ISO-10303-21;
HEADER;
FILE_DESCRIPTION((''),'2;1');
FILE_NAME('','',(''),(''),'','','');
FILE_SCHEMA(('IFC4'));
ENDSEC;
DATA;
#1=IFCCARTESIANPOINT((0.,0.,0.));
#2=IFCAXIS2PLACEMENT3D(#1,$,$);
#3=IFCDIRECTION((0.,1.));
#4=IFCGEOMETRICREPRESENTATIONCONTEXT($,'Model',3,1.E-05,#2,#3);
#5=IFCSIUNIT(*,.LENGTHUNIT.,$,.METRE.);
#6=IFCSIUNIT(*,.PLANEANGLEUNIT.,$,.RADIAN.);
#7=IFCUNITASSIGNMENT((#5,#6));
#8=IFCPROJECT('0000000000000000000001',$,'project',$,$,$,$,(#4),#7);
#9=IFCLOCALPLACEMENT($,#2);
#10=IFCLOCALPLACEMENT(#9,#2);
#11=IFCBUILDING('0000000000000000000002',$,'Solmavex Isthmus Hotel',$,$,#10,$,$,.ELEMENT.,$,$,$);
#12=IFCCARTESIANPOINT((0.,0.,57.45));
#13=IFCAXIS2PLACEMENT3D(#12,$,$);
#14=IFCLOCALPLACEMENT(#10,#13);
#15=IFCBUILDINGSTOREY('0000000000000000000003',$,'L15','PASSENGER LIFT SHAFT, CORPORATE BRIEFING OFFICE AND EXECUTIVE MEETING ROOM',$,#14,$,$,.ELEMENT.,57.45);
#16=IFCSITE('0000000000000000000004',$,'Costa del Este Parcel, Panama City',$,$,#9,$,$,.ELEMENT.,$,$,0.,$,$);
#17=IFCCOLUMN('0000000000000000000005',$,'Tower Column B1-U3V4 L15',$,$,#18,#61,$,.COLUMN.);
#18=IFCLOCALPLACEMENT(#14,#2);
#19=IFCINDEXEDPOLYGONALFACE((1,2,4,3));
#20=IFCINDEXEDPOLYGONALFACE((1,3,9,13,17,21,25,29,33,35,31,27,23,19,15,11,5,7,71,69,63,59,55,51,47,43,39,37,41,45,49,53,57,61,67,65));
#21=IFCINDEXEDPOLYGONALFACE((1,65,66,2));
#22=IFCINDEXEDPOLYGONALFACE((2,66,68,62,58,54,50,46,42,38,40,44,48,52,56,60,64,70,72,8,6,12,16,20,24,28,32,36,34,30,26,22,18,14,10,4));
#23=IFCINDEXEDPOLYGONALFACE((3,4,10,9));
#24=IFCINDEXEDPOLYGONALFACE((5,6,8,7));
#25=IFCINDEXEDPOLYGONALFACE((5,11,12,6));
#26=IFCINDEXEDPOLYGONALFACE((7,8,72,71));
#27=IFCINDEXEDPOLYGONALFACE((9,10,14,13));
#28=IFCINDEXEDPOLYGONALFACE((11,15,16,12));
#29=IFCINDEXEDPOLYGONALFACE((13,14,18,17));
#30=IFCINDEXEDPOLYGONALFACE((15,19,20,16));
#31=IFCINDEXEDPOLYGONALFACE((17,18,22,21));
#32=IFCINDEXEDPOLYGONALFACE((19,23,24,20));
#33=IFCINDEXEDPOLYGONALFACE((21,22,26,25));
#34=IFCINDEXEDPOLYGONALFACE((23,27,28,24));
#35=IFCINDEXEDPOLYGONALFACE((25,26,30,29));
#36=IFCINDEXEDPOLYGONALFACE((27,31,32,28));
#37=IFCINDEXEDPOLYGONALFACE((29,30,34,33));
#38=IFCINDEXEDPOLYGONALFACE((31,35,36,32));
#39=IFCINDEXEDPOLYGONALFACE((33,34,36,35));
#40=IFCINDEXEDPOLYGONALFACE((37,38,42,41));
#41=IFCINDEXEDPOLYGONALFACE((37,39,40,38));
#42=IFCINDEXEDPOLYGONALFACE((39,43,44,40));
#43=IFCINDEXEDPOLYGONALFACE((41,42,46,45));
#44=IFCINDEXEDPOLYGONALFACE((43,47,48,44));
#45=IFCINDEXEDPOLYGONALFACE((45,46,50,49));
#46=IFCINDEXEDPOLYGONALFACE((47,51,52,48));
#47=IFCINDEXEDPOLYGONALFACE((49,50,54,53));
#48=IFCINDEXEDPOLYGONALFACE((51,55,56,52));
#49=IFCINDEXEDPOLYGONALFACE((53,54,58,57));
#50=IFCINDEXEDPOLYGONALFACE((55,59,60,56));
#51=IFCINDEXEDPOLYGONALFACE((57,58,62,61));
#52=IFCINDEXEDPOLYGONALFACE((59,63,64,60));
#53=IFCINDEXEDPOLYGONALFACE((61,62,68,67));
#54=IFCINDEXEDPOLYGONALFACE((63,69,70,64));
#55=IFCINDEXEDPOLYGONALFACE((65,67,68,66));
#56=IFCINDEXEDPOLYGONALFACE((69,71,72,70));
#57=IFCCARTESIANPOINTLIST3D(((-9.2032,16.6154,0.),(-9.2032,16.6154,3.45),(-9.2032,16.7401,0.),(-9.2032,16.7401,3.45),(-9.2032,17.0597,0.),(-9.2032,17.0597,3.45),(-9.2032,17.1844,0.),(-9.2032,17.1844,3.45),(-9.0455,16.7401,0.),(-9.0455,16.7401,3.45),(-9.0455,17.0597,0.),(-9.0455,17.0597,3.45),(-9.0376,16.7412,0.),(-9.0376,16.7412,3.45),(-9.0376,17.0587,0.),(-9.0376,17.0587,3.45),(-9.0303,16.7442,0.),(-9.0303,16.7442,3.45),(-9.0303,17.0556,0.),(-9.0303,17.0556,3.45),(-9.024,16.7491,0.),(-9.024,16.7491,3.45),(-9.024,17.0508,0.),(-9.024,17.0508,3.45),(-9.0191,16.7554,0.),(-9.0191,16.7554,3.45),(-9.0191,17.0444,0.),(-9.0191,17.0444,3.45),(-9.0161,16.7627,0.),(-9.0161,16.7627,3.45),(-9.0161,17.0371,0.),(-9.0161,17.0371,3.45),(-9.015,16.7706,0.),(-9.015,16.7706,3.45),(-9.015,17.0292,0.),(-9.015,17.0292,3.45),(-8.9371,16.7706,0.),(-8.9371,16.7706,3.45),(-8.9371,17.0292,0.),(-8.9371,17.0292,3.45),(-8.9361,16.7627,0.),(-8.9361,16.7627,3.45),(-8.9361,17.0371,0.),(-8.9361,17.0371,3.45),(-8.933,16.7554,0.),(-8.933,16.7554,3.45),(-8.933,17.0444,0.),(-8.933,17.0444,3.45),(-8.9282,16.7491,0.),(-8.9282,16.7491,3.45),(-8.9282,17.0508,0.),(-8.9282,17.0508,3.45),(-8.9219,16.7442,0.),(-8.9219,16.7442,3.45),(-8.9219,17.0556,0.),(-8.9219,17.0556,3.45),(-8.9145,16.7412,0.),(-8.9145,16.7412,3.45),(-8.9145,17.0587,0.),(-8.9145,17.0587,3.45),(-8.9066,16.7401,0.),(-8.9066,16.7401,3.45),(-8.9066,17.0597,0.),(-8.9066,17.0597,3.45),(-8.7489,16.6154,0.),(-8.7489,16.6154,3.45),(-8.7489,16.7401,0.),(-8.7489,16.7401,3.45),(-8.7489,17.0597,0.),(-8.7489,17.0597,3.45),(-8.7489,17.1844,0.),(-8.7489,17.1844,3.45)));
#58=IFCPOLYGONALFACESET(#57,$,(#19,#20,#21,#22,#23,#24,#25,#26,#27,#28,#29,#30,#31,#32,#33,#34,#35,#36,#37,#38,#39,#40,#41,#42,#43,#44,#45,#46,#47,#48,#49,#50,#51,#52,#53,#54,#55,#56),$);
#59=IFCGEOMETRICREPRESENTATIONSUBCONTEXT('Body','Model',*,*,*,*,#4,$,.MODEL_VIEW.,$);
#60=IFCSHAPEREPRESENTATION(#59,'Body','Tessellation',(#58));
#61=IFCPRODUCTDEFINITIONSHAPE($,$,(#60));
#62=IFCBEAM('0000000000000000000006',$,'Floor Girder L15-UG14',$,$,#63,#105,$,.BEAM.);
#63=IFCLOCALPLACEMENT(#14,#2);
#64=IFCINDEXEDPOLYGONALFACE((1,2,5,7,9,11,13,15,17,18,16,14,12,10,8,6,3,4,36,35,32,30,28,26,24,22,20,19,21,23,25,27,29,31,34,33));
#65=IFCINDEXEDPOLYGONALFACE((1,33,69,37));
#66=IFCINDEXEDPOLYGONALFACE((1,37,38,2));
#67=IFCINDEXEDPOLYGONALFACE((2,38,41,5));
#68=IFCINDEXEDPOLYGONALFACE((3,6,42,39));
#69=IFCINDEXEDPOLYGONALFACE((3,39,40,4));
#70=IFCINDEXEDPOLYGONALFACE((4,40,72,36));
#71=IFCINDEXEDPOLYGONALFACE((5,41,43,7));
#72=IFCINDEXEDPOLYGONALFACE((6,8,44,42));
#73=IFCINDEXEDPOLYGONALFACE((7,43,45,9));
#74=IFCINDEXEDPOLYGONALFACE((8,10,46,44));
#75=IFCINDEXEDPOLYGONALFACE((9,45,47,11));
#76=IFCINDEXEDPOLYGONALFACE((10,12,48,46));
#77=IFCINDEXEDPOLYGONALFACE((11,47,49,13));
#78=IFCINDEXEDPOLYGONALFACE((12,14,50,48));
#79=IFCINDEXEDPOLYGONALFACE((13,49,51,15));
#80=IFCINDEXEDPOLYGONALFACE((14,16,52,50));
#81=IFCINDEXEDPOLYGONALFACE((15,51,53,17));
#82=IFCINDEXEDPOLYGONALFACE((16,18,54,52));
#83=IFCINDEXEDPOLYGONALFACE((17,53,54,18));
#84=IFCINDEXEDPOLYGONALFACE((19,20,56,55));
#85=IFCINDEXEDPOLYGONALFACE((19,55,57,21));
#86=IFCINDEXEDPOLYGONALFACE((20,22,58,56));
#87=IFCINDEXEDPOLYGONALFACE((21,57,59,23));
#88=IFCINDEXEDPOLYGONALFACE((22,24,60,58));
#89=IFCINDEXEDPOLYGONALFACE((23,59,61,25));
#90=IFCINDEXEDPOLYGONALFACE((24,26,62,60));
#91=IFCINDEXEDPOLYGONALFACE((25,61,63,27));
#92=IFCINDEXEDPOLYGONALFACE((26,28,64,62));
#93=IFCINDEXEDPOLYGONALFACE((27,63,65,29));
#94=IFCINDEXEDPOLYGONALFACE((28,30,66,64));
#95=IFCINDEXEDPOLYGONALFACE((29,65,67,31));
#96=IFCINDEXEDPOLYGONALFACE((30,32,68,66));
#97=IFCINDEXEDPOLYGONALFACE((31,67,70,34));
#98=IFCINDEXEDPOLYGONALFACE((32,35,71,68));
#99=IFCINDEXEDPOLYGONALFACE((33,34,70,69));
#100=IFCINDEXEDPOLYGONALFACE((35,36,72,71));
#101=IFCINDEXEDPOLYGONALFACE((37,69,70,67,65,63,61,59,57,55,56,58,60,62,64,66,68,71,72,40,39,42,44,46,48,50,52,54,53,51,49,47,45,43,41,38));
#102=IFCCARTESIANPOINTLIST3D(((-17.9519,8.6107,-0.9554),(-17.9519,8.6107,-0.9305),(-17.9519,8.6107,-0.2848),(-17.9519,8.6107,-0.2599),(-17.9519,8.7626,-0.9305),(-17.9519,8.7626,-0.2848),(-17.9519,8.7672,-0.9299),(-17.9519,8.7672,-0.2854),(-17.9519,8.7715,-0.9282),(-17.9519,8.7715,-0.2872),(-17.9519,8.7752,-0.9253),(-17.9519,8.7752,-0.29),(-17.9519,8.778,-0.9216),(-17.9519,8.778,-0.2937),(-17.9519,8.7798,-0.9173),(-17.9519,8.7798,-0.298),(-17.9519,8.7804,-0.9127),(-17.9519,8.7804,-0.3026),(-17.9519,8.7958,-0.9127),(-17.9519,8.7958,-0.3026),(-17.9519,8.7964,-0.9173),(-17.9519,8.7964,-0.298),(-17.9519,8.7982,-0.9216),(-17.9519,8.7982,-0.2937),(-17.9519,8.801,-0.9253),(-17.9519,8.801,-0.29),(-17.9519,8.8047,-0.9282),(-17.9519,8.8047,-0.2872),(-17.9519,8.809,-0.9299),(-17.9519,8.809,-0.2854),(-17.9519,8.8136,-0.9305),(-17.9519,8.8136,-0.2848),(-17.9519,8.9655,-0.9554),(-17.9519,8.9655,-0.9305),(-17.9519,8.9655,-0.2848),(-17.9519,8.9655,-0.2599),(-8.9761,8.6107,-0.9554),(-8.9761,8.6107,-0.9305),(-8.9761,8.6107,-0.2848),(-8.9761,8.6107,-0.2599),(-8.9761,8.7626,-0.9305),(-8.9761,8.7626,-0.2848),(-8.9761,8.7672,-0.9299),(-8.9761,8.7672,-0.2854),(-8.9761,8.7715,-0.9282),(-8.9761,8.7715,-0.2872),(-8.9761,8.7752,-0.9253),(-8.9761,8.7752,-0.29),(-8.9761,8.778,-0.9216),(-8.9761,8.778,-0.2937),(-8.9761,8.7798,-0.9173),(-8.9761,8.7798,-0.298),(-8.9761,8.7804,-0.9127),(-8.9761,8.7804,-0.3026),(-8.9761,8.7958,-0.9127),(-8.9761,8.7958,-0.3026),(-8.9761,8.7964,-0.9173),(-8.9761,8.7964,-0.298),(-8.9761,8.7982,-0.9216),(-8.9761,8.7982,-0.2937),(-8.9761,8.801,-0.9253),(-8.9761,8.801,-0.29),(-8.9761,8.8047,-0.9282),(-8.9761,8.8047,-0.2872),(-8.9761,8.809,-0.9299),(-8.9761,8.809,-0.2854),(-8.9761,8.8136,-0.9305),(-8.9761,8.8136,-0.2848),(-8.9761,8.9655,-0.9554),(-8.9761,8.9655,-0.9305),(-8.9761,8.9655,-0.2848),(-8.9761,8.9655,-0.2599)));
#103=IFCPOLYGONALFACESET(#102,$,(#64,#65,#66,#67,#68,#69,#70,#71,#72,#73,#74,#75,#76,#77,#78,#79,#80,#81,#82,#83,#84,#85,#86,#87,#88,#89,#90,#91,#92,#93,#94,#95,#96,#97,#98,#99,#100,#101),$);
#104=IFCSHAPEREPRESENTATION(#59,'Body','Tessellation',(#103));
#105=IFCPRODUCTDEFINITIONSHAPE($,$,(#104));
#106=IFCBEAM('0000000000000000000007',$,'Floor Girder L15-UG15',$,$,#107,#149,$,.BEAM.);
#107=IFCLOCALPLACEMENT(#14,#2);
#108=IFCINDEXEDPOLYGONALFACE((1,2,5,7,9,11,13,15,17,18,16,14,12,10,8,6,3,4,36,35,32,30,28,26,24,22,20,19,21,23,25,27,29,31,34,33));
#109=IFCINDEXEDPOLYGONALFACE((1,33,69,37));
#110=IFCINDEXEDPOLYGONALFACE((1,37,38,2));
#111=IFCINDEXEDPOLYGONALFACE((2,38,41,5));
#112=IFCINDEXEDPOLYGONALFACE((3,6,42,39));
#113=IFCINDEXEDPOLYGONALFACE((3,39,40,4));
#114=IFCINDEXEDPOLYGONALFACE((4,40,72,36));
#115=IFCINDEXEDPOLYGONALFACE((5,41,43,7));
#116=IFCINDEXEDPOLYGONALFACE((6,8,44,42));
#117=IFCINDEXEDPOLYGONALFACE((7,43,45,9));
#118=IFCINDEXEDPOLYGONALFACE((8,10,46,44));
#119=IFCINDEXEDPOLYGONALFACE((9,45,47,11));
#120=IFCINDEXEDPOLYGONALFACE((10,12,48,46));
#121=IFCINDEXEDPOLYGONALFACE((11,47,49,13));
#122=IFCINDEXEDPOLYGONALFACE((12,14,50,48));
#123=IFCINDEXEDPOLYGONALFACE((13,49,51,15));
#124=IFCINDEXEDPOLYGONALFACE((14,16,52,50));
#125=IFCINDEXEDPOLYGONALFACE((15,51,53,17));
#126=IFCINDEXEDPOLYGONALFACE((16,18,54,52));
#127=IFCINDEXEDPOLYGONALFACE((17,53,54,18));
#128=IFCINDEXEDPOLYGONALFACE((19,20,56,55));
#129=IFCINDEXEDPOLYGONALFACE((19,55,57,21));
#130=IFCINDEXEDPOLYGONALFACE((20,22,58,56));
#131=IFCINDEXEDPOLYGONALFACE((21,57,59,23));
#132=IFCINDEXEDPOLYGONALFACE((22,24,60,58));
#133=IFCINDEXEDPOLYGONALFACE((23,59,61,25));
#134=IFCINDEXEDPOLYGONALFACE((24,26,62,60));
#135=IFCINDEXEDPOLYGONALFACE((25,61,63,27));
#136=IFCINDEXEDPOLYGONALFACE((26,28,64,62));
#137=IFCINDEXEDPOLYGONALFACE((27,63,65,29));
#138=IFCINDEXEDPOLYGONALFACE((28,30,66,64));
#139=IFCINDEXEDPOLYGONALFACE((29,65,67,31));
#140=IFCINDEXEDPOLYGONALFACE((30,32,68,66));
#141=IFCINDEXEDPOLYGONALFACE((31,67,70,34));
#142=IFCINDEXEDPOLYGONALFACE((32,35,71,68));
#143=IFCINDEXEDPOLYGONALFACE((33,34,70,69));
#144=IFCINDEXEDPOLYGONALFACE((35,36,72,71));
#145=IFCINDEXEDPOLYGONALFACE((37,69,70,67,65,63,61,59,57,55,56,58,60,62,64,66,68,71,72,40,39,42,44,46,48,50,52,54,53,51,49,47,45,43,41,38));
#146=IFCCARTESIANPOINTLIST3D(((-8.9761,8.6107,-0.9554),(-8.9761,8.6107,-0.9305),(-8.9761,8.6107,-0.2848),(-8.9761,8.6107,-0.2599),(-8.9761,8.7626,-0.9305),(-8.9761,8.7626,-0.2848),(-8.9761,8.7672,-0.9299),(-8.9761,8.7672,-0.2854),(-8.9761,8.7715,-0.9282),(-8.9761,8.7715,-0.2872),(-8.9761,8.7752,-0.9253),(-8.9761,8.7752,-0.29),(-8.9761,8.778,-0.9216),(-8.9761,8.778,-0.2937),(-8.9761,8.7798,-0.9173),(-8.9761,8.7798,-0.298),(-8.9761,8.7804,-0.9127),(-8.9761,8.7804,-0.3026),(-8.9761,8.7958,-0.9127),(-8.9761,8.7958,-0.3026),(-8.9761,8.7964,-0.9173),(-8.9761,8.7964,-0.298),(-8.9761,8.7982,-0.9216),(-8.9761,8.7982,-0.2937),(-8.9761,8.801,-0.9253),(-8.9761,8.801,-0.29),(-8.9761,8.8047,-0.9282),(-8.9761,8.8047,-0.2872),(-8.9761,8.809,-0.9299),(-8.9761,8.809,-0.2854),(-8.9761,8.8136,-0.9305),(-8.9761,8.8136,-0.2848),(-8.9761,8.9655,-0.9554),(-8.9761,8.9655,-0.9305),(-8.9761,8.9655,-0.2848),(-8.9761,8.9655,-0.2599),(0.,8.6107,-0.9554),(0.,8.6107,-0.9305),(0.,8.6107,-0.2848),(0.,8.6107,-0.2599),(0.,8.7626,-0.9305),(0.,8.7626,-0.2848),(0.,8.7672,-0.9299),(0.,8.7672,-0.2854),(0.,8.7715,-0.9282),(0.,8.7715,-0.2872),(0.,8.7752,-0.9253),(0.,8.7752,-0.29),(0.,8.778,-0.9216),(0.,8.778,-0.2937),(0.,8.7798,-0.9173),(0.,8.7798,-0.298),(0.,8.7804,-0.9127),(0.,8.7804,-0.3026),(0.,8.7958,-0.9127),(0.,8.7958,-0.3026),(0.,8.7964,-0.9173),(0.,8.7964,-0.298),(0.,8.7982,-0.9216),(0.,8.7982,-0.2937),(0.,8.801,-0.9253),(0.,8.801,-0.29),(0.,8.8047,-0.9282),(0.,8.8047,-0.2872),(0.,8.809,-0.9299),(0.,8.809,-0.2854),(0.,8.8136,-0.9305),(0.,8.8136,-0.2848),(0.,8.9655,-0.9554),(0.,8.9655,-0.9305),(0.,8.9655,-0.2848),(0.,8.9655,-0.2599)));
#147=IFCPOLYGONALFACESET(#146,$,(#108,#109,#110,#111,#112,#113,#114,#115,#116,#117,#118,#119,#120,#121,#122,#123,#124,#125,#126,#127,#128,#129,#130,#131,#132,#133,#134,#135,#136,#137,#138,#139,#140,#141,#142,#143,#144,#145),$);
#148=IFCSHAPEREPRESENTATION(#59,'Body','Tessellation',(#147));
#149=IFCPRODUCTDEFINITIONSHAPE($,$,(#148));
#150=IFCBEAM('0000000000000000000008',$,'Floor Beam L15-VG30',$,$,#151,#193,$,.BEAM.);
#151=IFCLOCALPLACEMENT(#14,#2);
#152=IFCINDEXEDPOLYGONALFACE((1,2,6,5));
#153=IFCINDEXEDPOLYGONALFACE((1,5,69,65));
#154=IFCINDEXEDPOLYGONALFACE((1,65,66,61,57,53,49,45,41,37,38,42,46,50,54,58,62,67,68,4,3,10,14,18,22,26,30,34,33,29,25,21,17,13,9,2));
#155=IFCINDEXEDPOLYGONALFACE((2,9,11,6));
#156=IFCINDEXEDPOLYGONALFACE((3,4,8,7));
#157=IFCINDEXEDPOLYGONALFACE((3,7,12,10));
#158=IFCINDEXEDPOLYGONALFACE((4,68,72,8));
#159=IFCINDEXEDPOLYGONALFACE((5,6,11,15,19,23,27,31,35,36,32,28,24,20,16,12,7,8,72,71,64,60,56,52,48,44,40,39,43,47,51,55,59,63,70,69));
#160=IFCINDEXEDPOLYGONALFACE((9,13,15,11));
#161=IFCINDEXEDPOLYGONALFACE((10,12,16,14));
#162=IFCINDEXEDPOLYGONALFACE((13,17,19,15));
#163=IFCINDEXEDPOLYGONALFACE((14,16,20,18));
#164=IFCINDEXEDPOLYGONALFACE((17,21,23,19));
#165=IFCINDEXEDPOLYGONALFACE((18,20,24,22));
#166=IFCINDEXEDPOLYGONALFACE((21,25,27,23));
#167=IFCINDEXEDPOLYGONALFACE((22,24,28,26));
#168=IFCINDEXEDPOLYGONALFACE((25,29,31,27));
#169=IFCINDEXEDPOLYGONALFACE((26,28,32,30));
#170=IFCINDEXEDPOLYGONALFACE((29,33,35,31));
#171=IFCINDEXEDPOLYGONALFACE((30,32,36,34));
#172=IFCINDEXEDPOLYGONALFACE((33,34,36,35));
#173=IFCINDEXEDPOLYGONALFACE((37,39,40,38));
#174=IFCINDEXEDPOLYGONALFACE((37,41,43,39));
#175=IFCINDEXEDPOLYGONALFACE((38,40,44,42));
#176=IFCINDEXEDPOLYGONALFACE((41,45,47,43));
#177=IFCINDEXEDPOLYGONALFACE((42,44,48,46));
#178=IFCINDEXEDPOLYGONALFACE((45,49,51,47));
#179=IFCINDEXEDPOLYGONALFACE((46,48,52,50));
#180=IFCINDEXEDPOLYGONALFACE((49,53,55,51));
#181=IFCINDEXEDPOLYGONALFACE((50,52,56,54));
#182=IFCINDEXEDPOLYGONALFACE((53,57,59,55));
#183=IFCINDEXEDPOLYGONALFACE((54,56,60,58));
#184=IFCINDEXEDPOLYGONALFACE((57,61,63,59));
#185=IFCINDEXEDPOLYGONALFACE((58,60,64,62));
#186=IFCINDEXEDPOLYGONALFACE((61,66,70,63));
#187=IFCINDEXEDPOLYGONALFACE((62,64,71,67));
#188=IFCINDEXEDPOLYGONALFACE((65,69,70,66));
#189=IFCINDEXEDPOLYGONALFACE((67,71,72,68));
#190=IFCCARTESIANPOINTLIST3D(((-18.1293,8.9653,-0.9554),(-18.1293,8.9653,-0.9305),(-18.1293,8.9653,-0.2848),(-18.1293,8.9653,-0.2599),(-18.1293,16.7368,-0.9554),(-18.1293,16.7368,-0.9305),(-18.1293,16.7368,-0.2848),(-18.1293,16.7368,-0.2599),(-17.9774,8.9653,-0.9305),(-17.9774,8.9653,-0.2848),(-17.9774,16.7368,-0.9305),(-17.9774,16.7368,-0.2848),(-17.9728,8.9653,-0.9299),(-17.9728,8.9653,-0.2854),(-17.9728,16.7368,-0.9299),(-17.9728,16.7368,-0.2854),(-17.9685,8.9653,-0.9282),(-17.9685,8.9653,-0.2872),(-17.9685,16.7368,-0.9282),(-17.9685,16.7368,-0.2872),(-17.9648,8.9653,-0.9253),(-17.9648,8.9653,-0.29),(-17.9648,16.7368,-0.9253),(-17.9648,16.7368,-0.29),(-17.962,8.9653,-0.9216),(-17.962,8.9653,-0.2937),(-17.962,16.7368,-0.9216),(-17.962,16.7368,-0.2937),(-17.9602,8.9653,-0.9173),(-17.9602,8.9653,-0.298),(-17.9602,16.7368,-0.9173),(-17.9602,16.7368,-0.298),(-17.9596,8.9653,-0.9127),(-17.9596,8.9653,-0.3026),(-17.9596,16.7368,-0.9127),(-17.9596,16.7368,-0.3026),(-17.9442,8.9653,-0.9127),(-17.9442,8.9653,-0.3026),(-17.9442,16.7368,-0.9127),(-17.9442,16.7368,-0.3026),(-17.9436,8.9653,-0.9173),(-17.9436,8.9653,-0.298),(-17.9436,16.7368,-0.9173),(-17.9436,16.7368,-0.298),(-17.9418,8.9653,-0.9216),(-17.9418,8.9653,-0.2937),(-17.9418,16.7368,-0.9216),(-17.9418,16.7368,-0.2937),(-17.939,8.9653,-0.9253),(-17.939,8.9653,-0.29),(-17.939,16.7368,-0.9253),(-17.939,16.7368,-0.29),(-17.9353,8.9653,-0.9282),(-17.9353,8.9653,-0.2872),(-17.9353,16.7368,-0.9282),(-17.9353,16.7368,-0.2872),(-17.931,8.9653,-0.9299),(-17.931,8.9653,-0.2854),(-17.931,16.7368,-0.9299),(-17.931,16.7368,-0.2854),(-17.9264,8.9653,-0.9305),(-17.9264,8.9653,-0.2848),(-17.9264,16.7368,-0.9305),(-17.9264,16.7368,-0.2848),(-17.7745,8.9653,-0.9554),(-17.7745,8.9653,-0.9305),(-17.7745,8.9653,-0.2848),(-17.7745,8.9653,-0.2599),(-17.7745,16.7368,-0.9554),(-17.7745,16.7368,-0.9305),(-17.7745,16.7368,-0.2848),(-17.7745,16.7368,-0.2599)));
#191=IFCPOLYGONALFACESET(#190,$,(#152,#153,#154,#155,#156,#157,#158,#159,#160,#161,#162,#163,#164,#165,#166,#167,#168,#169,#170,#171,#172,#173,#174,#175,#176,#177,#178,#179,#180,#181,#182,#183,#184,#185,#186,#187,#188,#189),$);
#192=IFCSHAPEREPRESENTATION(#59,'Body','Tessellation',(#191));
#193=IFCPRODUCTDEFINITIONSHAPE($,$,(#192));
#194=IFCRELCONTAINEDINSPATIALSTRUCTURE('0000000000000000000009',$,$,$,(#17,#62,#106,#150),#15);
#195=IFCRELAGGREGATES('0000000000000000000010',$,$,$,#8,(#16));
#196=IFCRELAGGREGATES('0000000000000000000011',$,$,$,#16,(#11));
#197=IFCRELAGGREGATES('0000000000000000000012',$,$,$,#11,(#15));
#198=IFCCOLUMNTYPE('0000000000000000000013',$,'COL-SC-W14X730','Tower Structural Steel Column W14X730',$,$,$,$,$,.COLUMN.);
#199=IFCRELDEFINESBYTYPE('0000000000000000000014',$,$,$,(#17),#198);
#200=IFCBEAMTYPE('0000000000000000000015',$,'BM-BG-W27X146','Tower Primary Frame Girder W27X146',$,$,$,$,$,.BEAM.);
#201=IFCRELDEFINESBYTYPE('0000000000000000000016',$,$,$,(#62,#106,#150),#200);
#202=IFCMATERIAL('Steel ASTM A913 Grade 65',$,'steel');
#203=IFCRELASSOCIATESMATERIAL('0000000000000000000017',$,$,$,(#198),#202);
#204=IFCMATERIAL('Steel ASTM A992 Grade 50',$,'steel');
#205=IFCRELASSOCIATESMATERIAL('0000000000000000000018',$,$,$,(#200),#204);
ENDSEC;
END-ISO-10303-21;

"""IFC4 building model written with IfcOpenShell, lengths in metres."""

from ifc_helpers import new_model, si_unit, direction, frame, origin, origin_2d, place, context, subcontext, project, spatial, i_section, extrude, material, material_profile, profile_set, type_object, element, save


model = new_model("IFC4")

# Units and contexts
model_context = context("Model", 3, precision=1e-05, world=origin(), true_north=direction((0.0, 1.0)))
body_context = subcontext(model_context, "Body", "Model", "MODEL_VIEW")
ifc_project = project(units=[si_unit("LENGTHUNIT", "METRE"), si_unit("PLANEANGLEUNIT", "RADIAN")], contexts=[model_context])

# Site, building, storey
site_placement = place(None, origin())
site = spatial("IfcSite", under=ifc_project, at=site_placement, Name="Costa del Este Parcel, Panama City", CompositionType="ELEMENT", RefElevation=0.0)
building_placement = place(site_placement, origin())
building = spatial("IfcBuilding", under=site, at=building_placement, Name="Solmavex Isthmus Hotel", CompositionType="ELEMENT")
storey_placement = place(building_placement, frame((0.0, 0.0, 57.45)))
storey = spatial("IfcBuildingStorey", under=building, at=storey_placement, Name="L15", Description="PASSENGER LIFT SHAFT, CORPORATE BRIEFING OFFICE AND EXECUTIVE MEETING ROOM", CompositionType="ELEMENT", Elevation=57.45)

# Column
ifc_material_1 = material(Name="Steel ASTM A913 Grade 65", Category="steel")
ifc_material_profile_1 = material_profile(ifc_material_1, i_section(OverallWidth=0.4543, OverallDepth=0.5691, WebThickness=0.0779, FlangeThickness=0.1248, FilletRadius=0.0305, at=origin_2d()), Name="W14X730")
ifc_profile_set_1 = profile_set([ifc_material_profile_1], Name="Steel ASTM A913 Grade 65")
column_type_1 = type_object("IfcColumnType", Name="COL-SC-W14X730", Description="Tower Structural Steel Column W14X730", PredefinedType="COLUMN", material=ifc_profile_set_1)
for number, where, z_axis, x_axis, name in (
    (1, (-8.9761, 16.8999, 0.0), (0.0, 0.0, 1.0), (1.0, 0.0, 0.0), "Tower Column B1-U3V4 L15"),
):
    element("IfcColumn", number, at=place(storey_placement, frame(where, z_axis=z_axis, x_axis=x_axis)), inside=storey, type_object=column_type_1, Name=name, PredefinedType="COLUMN", context=body_context, shape_type="SweptSolid", body=[
        extrude(i_section(OverallWidth=0.4543, OverallDepth=0.5691, WebThickness=0.0779, FlangeThickness=0.1248, FilletRadius=0.0305, at=origin_2d()), origin(), (0.0, 0.0, 1.0), 3.45),
    ])

# Beams
ifc_material_2 = material(Name="Steel ASTM A992 Grade 50", Category="steel")
ifc_material_profile_2 = material_profile(ifc_material_2, i_section(OverallWidth=0.3547, OverallDepth=0.6956, WebThickness=0.0154, FlangeThickness=0.0249, FilletRadius=0.0178, at=origin_2d()), Name="W27X146")
ifc_profile_set_2 = profile_set([ifc_material_profile_2], Name="Steel ASTM A992 Grade 50")
beam_type_1 = type_object("IfcBeamType", Name="BM-BG-W27X146", Description="Tower Primary Frame Girder W27X146", PredefinedType="BEAM", material=ifc_profile_set_2)
beam_1_placement = place(storey_placement, frame((-17.9519, 8.7881, -0.6077), z_axis=(1.0, 0.0, 0.0), x_axis=(0.0, 1.0, 0.0)))
element("IfcBeam", 2, at=beam_1_placement, inside=storey, type_object=beam_type_1, Name="Floor Girder L15-UG14", PredefinedType="BEAM", context=body_context, shape_type="SweptSolid", body=[
    extrude(i_section(OverallWidth=0.3547, OverallDepth=0.6956, WebThickness=0.0154, FlangeThickness=0.0249, FilletRadius=0.0178, at=origin_2d()), origin(), (0.0, 0.0, 1.0), 8.9758),
])
beam_2_placement = place(storey_placement, frame((-8.9761, 8.7881, -0.6077), z_axis=(1.0, 0.0, 0.0), x_axis=(0.0, 1.0, 0.0)))
element("IfcBeam", 3, at=beam_2_placement, inside=storey, type_object=beam_type_1, Name="Floor Girder L15-UG15", PredefinedType="BEAM", context=body_context, shape_type="SweptSolid", body=[
    extrude(i_section(OverallWidth=0.3547, OverallDepth=0.6956, WebThickness=0.0154, FlangeThickness=0.0249, FilletRadius=0.0178, at=origin_2d()), origin(), (0.0, 0.0, 1.0), 8.9761),
])
for number, where, z_axis, x_axis, name in (
    (4, (-17.9519, 8.9653, -0.6077), (0.0, 1.0, 0.0), (-1.0, 0.0, 0.0), "Floor Beam L15-VG30"),
):
    element("IfcBeam", number, at=place(storey_placement, frame(where, z_axis=z_axis, x_axis=x_axis)), inside=storey, type_object=beam_type_1, Name=name, PredefinedType="BEAM", context=body_context, shape_type="SweptSolid", body=[
        extrude(i_section(OverallWidth=0.3547, OverallDepth=0.6956, WebThickness=0.0154, FlangeThickness=0.0249, FilletRadius=0.0178, at=origin_2d()), origin(), (0.0, 0.0, 1.0), 7.7715),
    ])

save(model, "model.ifc")
